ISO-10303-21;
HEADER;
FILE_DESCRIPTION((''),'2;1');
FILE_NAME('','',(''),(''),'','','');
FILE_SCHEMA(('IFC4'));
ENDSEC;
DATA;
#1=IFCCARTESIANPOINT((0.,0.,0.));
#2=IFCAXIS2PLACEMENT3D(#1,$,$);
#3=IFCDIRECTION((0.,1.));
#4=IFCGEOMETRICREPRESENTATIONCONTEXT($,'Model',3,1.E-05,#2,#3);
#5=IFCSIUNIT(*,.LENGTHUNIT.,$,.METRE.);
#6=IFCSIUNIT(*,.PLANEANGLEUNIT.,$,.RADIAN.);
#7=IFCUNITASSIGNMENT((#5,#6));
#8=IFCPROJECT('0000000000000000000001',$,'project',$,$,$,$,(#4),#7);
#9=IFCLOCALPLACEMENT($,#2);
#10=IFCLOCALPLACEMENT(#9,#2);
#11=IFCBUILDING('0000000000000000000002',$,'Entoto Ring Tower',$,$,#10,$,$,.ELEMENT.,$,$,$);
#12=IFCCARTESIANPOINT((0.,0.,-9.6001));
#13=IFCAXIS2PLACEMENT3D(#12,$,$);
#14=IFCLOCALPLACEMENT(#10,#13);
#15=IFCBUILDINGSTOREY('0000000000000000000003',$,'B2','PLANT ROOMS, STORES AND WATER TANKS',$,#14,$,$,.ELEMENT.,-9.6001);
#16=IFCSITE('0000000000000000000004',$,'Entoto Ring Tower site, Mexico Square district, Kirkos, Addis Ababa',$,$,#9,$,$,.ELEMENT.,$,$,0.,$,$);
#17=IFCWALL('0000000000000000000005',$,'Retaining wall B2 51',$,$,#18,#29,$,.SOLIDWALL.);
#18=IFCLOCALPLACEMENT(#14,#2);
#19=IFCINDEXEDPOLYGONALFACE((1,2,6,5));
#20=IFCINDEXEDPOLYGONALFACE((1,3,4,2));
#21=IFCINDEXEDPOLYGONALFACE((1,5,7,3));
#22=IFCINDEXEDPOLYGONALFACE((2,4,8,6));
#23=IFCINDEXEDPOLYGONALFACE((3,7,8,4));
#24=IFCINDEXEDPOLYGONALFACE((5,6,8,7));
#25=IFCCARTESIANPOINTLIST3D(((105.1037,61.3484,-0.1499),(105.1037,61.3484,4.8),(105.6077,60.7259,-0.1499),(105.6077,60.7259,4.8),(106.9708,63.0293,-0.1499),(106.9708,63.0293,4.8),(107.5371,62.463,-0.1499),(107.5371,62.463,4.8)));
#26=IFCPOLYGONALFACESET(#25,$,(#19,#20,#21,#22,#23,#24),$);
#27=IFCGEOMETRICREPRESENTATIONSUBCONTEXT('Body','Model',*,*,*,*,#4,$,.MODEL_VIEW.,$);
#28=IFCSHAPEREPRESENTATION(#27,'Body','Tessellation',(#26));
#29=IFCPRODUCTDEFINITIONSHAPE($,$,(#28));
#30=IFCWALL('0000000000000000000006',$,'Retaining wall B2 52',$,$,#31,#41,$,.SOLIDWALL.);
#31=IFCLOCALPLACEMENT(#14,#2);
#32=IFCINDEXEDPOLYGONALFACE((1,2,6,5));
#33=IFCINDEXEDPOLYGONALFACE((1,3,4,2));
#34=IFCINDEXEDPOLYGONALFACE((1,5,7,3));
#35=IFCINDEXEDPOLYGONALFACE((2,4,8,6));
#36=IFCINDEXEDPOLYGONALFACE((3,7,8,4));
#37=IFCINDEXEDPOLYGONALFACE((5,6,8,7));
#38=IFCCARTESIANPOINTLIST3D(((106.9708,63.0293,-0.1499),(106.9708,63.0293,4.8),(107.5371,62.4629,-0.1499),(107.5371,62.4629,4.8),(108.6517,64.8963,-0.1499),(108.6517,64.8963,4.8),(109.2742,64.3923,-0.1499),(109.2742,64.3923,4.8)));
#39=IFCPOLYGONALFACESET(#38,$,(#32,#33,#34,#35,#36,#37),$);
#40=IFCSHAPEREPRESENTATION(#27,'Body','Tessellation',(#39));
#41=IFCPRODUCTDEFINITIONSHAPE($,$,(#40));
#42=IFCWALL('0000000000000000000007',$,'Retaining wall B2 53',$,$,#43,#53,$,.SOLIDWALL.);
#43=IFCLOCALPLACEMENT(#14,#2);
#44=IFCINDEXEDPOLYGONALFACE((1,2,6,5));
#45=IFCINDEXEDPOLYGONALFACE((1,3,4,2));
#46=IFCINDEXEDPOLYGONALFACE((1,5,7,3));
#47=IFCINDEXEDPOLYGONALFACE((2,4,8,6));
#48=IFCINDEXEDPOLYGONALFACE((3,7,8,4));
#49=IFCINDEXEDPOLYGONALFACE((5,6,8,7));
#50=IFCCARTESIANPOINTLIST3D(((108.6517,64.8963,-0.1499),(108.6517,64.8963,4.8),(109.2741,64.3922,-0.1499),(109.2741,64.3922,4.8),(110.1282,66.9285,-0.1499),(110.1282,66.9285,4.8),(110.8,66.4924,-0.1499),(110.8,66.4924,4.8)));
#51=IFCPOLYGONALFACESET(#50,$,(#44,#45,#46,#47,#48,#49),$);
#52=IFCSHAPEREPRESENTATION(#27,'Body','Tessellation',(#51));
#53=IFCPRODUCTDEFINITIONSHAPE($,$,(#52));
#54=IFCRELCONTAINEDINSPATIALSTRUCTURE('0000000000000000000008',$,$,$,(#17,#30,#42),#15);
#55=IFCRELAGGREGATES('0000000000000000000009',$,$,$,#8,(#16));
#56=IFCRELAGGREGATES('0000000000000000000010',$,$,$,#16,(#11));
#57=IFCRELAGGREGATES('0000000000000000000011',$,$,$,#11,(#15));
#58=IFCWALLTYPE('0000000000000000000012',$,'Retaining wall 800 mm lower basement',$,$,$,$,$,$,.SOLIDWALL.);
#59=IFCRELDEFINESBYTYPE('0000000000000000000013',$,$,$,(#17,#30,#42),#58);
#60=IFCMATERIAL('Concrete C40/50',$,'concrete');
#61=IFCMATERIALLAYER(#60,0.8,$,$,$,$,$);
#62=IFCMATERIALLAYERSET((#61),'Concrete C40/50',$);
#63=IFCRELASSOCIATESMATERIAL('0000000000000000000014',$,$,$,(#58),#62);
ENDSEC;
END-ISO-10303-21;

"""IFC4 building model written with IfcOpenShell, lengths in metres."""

from ifc_helpers import new_model, si_unit, direction, frame, origin, place, context, subcontext, project, spatial, polyline, outline, extrude, material, layer, layer_set, type_object, element, save


model = new_model("IFC4")

# Units and contexts
model_context = context("Model", 3, precision=1e-05, world=origin(), true_north=direction((0.0, 1.0)))
body_context = subcontext(model_context, "Body", "Model", "MODEL_VIEW")
ifc_project = project(units=[si_unit("LENGTHUNIT", "METRE"), si_unit("PLANEANGLEUNIT", "RADIAN")], contexts=[model_context])

# Site, building, storey
site_placement = place(None, origin())
site = spatial("IfcSite", under=ifc_project, at=site_placement, Name="Entoto Ring Tower site, Mexico Square district, Kirkos, Addis Ababa", CompositionType="ELEMENT", RefElevation=0.0)
building_placement = place(site_placement, origin())
building = spatial("IfcBuilding", under=site, at=building_placement, Name="Entoto Ring Tower", CompositionType="ELEMENT")
storey_placement = place(building_placement, frame((0.0, 0.0, -9.6001)))
storey = spatial("IfcBuildingStorey", under=building, at=storey_placement, Name="B2", Description="PLANT ROOMS, STORES AND WATER TANKS", CompositionType="ELEMENT", Elevation=-9.6001)

# Walls
ifc_material_1 = material(Name="Concrete C40/50", Category="concrete")
ifc_layer_1 = layer(ifc_material_1, 0.8)
ifc_layer_set_1 = layer_set([ifc_layer_1], Name="Concrete C40/50")
wall_type = type_object("IfcWallType", Name="Retaining wall 800 mm lower basement", PredefinedType="SOLIDWALL", material=ifc_layer_set_1)
for number, where, z_axis, x_axis, name in (
    (1, (105.3557, 61.0371, -0.1499), (0.0, 0.0, 1.0), (0.743175, 0.669097, 0.0), "Retaining wall B2 51"),
    (2, (107.2539, 62.7461, -0.1499), (0.0, 0.0, 1.0), (0.669097, 0.743175, 0.0), "Retaining wall B2 52"),
):
    element("IfcWall", number, at=place(storey_placement, frame(where, z_axis=z_axis, x_axis=x_axis)), inside=storey, type_object=wall_type, Name=name, PredefinedType="SOLIDWALL", context=body_context, shape_type="SweptSolid", body=[
        extrude(outline(polyline([(-0.021, -0.3999), (2.5752, -0.3999), (2.5332, 0.3999), (0.021, 0.3999), (-0.021, -0.3999)])), origin(), (0.0, 0.0, 1.0), 4.95),
    ])
wall_placement = place(storey_placement, frame((108.9629, 64.6443, -0.1499), z_axis=(0.0, 0.0, 1.0), x_axis=(0.587802, 0.809005, 0.0)))
element("IfcWall", 3, at=wall_placement, inside=storey, type_object=wall_type, Name="Retaining wall B2 53", PredefinedType="SOLIDWALL", context=body_context, shape_type="SweptSolid", body=[
    extrude(outline(polyline([(-0.021, -0.3999), (2.575, -0.3999), (2.533, 0.3999), (0.021, 0.3999), (-0.021, -0.3999)])), origin(), (0.0, 0.0, 1.0), 4.95),
])

save(model, "model.ifc")
